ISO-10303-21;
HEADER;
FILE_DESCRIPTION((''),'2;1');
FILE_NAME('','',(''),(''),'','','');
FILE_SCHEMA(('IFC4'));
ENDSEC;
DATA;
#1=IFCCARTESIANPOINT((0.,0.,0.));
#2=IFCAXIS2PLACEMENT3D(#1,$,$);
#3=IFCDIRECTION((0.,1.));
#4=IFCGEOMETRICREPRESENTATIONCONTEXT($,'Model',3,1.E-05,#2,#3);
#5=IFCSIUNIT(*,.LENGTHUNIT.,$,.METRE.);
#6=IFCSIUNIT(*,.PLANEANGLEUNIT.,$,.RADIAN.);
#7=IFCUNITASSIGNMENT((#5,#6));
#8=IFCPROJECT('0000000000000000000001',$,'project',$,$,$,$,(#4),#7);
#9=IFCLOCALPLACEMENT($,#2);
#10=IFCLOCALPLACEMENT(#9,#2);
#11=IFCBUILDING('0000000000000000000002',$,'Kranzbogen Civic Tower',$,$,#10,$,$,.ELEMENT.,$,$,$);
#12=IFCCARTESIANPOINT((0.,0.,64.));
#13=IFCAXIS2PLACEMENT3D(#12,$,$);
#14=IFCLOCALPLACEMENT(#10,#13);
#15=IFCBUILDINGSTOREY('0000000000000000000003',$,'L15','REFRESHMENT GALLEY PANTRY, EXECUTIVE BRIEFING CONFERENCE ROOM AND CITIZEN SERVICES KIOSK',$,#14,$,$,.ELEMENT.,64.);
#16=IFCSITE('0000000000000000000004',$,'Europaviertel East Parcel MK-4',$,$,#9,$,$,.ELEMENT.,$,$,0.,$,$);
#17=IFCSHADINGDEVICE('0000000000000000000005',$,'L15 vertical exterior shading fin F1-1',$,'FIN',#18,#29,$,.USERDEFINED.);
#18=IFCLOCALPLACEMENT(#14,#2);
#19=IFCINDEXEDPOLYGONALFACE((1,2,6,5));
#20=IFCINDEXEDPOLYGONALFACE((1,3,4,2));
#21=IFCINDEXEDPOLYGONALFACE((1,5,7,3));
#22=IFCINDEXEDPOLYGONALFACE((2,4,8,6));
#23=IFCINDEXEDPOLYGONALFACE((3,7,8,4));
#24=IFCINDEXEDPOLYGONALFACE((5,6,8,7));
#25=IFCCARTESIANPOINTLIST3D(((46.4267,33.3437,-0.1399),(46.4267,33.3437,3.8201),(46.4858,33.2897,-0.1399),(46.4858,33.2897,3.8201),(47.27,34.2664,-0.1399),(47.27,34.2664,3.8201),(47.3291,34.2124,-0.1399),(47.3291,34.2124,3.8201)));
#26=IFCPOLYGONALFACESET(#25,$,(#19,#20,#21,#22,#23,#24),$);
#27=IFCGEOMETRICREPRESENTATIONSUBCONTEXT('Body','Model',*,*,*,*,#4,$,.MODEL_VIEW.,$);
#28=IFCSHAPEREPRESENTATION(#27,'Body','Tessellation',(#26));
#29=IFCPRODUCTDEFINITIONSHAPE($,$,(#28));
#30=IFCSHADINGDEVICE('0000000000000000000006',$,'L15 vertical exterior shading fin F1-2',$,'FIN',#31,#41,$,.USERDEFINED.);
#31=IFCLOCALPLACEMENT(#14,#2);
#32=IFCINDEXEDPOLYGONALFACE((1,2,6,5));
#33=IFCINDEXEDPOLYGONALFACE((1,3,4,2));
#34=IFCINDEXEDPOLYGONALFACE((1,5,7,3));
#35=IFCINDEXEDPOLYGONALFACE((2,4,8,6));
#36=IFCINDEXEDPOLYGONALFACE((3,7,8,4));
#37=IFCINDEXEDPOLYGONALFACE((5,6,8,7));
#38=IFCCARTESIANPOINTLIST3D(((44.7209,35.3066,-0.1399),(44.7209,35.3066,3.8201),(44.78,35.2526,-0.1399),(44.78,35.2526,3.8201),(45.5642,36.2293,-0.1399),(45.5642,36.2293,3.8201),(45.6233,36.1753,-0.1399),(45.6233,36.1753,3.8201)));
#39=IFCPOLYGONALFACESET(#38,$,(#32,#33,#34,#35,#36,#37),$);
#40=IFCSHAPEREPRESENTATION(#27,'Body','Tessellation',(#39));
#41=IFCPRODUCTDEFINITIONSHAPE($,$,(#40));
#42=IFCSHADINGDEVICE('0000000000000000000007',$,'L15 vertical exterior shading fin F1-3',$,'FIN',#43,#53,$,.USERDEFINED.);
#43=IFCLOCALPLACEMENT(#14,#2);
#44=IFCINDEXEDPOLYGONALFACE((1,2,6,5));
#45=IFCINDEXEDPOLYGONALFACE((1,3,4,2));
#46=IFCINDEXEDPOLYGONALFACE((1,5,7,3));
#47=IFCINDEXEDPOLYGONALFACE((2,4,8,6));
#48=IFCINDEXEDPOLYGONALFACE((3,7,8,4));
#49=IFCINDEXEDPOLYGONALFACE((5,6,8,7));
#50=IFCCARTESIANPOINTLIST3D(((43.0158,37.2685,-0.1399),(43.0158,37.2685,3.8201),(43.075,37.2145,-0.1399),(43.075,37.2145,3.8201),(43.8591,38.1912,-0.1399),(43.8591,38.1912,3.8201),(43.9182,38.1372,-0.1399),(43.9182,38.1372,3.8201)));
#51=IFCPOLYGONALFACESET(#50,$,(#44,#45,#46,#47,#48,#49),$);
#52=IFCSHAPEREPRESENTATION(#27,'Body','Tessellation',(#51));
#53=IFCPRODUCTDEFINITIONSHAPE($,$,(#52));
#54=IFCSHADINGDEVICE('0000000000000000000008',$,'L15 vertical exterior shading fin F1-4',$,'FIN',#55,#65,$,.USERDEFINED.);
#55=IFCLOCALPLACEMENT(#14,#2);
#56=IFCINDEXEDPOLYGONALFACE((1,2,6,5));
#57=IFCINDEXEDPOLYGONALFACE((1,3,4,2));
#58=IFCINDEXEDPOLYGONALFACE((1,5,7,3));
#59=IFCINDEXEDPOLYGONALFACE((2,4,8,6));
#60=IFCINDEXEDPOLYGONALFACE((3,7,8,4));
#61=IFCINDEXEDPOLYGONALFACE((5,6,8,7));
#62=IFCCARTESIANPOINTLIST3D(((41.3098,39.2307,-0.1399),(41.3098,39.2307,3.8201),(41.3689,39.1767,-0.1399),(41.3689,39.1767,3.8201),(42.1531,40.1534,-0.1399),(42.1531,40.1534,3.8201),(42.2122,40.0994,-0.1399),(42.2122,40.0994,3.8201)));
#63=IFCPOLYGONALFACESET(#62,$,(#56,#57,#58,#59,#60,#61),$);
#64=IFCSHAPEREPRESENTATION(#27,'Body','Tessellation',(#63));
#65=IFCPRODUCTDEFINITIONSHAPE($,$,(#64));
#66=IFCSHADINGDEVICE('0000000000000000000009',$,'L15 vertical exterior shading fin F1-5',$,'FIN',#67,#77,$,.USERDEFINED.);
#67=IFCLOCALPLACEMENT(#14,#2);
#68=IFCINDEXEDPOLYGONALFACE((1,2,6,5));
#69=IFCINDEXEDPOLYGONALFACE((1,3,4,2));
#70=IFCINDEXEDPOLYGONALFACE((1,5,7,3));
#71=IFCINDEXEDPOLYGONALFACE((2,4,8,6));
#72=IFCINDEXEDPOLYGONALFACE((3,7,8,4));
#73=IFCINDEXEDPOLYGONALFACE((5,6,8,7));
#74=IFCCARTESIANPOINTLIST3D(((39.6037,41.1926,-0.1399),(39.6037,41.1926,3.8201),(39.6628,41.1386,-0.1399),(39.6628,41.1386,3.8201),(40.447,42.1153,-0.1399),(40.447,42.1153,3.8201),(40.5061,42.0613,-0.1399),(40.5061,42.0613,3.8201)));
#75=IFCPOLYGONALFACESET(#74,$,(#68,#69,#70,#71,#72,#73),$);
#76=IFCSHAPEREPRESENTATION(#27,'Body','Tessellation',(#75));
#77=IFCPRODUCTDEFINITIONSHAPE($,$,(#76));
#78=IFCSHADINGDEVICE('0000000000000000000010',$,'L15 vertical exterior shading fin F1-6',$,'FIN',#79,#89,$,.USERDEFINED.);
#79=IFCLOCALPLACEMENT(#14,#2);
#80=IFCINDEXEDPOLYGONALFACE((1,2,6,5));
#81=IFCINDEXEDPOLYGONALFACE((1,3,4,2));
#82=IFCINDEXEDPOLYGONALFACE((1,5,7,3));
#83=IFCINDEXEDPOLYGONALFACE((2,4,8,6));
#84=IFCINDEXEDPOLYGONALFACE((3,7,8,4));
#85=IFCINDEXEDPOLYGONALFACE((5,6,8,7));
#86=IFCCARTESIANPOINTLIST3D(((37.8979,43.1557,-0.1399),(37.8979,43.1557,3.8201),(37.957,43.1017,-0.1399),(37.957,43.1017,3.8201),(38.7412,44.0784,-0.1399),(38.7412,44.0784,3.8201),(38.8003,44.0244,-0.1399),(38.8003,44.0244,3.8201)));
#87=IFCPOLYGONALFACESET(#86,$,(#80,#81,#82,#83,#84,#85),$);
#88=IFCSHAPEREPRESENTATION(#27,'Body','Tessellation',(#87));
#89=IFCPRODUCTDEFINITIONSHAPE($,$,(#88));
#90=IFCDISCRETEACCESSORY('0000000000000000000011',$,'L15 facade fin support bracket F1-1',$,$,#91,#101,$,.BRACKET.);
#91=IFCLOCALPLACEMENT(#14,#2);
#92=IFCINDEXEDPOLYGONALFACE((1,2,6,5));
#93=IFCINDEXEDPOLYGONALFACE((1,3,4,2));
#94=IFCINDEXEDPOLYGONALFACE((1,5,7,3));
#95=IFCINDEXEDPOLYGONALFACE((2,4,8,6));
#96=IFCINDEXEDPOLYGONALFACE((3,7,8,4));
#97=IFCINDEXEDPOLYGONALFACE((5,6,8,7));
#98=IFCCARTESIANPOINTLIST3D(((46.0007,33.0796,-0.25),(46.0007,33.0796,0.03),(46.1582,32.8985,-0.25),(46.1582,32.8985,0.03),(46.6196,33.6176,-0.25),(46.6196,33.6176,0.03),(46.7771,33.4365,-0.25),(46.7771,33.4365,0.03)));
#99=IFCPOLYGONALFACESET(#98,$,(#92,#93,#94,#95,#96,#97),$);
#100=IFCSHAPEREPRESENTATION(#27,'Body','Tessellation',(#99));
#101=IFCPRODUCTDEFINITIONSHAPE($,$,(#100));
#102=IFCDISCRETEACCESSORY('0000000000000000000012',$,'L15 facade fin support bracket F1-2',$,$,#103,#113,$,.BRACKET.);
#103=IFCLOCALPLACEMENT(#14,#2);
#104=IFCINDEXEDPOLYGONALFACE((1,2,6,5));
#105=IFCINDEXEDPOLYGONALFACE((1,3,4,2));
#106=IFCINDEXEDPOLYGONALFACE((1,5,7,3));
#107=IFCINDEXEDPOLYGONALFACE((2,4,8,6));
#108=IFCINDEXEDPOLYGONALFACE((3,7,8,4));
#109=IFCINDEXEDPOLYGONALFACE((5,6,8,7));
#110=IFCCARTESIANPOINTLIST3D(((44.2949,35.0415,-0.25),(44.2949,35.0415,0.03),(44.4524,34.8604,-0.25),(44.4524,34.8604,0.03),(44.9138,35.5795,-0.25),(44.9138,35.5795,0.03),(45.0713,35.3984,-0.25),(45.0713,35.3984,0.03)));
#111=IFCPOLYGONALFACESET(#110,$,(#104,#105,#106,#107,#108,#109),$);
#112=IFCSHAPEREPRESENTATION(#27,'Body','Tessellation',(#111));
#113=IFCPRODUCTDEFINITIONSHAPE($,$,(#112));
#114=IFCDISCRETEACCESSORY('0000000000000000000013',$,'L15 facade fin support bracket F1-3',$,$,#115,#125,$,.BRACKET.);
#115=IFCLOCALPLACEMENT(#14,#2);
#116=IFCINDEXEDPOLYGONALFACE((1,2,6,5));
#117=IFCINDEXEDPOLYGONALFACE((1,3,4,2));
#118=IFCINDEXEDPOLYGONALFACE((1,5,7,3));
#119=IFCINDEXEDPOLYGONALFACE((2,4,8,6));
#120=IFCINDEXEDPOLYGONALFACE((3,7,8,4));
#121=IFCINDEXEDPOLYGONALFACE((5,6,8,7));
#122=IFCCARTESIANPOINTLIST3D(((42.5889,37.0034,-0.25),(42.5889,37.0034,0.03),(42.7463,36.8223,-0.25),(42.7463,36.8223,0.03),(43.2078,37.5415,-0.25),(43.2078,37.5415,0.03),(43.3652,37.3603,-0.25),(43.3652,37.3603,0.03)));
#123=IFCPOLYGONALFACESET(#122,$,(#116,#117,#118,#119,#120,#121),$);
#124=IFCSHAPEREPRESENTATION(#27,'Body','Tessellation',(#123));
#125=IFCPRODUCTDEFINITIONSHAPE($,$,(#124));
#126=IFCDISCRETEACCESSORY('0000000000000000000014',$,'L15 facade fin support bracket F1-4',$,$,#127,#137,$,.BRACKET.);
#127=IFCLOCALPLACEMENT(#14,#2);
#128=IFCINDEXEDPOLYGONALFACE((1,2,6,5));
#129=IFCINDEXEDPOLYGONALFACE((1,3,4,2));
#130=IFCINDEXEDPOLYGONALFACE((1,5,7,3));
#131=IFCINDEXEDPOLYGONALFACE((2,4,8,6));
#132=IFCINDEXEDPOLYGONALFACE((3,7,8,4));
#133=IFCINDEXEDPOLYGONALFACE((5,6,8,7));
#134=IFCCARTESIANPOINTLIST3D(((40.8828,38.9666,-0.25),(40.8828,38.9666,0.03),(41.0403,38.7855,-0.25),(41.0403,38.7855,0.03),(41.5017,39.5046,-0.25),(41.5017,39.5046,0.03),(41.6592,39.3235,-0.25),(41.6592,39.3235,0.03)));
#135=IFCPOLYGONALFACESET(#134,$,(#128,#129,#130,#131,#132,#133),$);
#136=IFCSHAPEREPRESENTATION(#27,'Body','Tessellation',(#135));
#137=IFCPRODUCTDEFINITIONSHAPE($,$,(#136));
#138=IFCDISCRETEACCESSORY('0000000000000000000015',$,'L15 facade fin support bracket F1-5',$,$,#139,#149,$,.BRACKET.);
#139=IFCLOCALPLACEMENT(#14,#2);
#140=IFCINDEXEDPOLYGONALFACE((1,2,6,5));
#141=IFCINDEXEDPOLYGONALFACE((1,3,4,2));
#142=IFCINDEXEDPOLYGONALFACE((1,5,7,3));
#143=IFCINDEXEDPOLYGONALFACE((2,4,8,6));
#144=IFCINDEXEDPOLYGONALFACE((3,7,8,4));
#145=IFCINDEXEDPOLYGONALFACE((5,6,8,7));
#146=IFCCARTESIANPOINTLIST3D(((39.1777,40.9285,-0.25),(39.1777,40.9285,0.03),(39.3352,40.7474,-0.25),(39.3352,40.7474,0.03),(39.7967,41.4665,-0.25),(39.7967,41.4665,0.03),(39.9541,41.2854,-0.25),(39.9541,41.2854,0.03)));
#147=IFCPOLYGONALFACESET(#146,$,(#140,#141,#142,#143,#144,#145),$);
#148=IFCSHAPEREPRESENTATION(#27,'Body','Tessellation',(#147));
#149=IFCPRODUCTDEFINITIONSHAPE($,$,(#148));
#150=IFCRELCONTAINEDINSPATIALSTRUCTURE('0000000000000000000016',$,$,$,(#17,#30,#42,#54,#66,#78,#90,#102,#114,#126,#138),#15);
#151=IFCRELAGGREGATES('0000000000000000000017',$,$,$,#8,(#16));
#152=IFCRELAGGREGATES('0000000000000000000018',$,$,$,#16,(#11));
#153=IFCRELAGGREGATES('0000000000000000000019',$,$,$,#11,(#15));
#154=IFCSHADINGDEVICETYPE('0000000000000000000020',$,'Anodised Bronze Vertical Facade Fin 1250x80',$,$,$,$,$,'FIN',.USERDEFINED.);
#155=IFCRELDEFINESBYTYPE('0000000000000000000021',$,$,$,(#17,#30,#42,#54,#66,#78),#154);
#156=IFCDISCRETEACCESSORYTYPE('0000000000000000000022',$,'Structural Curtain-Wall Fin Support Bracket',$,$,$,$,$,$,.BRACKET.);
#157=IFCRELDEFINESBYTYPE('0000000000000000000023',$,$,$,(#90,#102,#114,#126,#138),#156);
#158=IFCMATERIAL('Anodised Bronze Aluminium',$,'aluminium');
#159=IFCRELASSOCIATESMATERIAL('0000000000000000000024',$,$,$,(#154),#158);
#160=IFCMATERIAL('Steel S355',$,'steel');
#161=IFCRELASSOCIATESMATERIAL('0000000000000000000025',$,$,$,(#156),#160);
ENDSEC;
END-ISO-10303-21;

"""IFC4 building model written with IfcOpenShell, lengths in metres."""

from ifc_helpers import new_model, si_unit, direction, frame, origin, origin_2d, place, context, subcontext, project, spatial, rectangle, extrude, material, type_object, element, save


model = new_model("IFC4")

# Units and contexts
model_context = context("Model", 3, precision=1e-05, world=origin(), true_north=direction((0.0, 1.0)))
body_context = subcontext(model_context, "Body", "Model", "MODEL_VIEW")
ifc_project = project(units=[si_unit("LENGTHUNIT", "METRE"), si_unit("PLANEANGLEUNIT", "RADIAN")], contexts=[model_context])

# Site, building, storey
site_placement = place(None, origin())
site = spatial("IfcSite", under=ifc_project, at=site_placement, Name="Europaviertel East Parcel MK-4", CompositionType="ELEMENT", RefElevation=0.0)
building_placement = place(site_placement, origin())
building = spatial("IfcBuilding", under=site, at=building_placement, Name="Kranzbogen Civic Tower", CompositionType="ELEMENT")
storey_placement = place(building_placement, frame((0.0, 0.0, 64.0)))
storey = spatial("IfcBuildingStorey", under=building, at=storey_placement, Name="L15", Description="REFRESHMENT GALLEY PANTRY, EXECUTIVE BRIEFING CONFERENCE ROOM AND CITIZEN SERVICES KIOSK", CompositionType="ELEMENT", Elevation=64.0)

# Shared definitions
ifc_material_1 = material(Name="Steel S355", Category="steel")

# Shading devices
ifc_material_2 = material(Name="Anodised Bronze Aluminium", Category="aluminium")
shading_device_type = type_object("IfcShadingDeviceType", Name="Anodised Bronze Vertical Facade Fin 1250x80", ElementType="FIN", PredefinedType="USERDEFINED", material=ifc_material_2)
for number, where, z_axis, x_axis, name in (
    (1, (46.8779, 33.7781, -0.1399), (0.0, 0.0, 1.0), (0.674625, 0.738161, 0.0), "L15 vertical exterior shading fin F1-1"),
    (2, (45.1721, 35.741, -0.1399), (0.0, 0.0, 1.0), (0.674625, 0.738161, 0.0), "L15 vertical exterior shading fin F1-2"),
    (3, (43.467, 37.7029, -0.1399), (0.0, 0.0, 1.0), (0.674625, 0.738161, 0.0), "L15 vertical exterior shading fin F1-3"),
    (4, (41.761, 39.665, -0.1399), (0.0, 0.0, 1.0), (0.674625, 0.738161, 0.0), "L15 vertical exterior shading fin F1-4"),
    (5, (40.0549, 41.627, -0.1399), (0.0, 0.0, 1.0), (0.674625, 0.738161, 0.0), "L15 vertical exterior shading fin F1-5"),
    (6, (38.3491, 43.5901, -0.1399), (0.0, 0.0, 1.0), (0.674625, 0.738161, 0.0), "L15 vertical exterior shading fin F1-6"),
):
    element("IfcShadingDevice", number, at=place(storey_placement, frame(where, z_axis=z_axis, x_axis=x_axis)), inside=storey, type_object=shading_device_type, Name=name, ObjectType="FIN", PredefinedType="USERDEFINED", context=body_context, shape_type="SweptSolid", body=[
        extrude(rectangle(XDim=1.25, YDim=0.0801, at=origin_2d()), origin(), (0.0, 0.0, 1.0), 3.96),
    ])

# Discrete accessories
discrete_accessory_type = type_object("IfcDiscreteAccessoryType", Name="Structural Curtain-Wall Fin Support Bracket", PredefinedType="BRACKET", material=ifc_material_1)
for number, where, z_axis, x_axis, name in (
    (7, (46.3889, 33.2581, -0.25), (0.0, 0.0, 1.0), (0.75471, 0.656059, 0.0), "L15 facade fin support bracket F1-1"),
    (8, (44.6831, 35.22, -0.25), (0.0, 0.0, 1.0), (0.75471, 0.656059, 0.0), "L15 facade fin support bracket F1-2"),
    (9, (42.9771, 37.1819, -0.25), (0.0, 0.0, 1.0), (0.75471, 0.656059, 0.0), "L15 facade fin support bracket F1-3"),
    (10, (41.271, 39.145, -0.25), (0.0, 0.0, 1.0), (0.75471, 0.656059, 0.0), "L15 facade fin support bracket F1-4"),
    (11, (39.5659, 41.1069, -0.25), (0.0, 0.0, 1.0), (0.75471, 0.656059, 0.0), "L15 facade fin support bracket F1-5"),
):
    element("IfcDiscreteAccessory", number, at=place(storey_placement, frame(where, z_axis=z_axis, x_axis=x_axis)), inside=storey, type_object=discrete_accessory_type, Name=name, PredefinedType="BRACKET", context=body_context, shape_type="SweptSolid", body=[
        extrude(rectangle(XDim=0.8201, YDim=0.24, at=origin_2d()), origin(), (0.0, 0.0, 1.0), 0.28),
    ])

save(model, "model.ifc")
